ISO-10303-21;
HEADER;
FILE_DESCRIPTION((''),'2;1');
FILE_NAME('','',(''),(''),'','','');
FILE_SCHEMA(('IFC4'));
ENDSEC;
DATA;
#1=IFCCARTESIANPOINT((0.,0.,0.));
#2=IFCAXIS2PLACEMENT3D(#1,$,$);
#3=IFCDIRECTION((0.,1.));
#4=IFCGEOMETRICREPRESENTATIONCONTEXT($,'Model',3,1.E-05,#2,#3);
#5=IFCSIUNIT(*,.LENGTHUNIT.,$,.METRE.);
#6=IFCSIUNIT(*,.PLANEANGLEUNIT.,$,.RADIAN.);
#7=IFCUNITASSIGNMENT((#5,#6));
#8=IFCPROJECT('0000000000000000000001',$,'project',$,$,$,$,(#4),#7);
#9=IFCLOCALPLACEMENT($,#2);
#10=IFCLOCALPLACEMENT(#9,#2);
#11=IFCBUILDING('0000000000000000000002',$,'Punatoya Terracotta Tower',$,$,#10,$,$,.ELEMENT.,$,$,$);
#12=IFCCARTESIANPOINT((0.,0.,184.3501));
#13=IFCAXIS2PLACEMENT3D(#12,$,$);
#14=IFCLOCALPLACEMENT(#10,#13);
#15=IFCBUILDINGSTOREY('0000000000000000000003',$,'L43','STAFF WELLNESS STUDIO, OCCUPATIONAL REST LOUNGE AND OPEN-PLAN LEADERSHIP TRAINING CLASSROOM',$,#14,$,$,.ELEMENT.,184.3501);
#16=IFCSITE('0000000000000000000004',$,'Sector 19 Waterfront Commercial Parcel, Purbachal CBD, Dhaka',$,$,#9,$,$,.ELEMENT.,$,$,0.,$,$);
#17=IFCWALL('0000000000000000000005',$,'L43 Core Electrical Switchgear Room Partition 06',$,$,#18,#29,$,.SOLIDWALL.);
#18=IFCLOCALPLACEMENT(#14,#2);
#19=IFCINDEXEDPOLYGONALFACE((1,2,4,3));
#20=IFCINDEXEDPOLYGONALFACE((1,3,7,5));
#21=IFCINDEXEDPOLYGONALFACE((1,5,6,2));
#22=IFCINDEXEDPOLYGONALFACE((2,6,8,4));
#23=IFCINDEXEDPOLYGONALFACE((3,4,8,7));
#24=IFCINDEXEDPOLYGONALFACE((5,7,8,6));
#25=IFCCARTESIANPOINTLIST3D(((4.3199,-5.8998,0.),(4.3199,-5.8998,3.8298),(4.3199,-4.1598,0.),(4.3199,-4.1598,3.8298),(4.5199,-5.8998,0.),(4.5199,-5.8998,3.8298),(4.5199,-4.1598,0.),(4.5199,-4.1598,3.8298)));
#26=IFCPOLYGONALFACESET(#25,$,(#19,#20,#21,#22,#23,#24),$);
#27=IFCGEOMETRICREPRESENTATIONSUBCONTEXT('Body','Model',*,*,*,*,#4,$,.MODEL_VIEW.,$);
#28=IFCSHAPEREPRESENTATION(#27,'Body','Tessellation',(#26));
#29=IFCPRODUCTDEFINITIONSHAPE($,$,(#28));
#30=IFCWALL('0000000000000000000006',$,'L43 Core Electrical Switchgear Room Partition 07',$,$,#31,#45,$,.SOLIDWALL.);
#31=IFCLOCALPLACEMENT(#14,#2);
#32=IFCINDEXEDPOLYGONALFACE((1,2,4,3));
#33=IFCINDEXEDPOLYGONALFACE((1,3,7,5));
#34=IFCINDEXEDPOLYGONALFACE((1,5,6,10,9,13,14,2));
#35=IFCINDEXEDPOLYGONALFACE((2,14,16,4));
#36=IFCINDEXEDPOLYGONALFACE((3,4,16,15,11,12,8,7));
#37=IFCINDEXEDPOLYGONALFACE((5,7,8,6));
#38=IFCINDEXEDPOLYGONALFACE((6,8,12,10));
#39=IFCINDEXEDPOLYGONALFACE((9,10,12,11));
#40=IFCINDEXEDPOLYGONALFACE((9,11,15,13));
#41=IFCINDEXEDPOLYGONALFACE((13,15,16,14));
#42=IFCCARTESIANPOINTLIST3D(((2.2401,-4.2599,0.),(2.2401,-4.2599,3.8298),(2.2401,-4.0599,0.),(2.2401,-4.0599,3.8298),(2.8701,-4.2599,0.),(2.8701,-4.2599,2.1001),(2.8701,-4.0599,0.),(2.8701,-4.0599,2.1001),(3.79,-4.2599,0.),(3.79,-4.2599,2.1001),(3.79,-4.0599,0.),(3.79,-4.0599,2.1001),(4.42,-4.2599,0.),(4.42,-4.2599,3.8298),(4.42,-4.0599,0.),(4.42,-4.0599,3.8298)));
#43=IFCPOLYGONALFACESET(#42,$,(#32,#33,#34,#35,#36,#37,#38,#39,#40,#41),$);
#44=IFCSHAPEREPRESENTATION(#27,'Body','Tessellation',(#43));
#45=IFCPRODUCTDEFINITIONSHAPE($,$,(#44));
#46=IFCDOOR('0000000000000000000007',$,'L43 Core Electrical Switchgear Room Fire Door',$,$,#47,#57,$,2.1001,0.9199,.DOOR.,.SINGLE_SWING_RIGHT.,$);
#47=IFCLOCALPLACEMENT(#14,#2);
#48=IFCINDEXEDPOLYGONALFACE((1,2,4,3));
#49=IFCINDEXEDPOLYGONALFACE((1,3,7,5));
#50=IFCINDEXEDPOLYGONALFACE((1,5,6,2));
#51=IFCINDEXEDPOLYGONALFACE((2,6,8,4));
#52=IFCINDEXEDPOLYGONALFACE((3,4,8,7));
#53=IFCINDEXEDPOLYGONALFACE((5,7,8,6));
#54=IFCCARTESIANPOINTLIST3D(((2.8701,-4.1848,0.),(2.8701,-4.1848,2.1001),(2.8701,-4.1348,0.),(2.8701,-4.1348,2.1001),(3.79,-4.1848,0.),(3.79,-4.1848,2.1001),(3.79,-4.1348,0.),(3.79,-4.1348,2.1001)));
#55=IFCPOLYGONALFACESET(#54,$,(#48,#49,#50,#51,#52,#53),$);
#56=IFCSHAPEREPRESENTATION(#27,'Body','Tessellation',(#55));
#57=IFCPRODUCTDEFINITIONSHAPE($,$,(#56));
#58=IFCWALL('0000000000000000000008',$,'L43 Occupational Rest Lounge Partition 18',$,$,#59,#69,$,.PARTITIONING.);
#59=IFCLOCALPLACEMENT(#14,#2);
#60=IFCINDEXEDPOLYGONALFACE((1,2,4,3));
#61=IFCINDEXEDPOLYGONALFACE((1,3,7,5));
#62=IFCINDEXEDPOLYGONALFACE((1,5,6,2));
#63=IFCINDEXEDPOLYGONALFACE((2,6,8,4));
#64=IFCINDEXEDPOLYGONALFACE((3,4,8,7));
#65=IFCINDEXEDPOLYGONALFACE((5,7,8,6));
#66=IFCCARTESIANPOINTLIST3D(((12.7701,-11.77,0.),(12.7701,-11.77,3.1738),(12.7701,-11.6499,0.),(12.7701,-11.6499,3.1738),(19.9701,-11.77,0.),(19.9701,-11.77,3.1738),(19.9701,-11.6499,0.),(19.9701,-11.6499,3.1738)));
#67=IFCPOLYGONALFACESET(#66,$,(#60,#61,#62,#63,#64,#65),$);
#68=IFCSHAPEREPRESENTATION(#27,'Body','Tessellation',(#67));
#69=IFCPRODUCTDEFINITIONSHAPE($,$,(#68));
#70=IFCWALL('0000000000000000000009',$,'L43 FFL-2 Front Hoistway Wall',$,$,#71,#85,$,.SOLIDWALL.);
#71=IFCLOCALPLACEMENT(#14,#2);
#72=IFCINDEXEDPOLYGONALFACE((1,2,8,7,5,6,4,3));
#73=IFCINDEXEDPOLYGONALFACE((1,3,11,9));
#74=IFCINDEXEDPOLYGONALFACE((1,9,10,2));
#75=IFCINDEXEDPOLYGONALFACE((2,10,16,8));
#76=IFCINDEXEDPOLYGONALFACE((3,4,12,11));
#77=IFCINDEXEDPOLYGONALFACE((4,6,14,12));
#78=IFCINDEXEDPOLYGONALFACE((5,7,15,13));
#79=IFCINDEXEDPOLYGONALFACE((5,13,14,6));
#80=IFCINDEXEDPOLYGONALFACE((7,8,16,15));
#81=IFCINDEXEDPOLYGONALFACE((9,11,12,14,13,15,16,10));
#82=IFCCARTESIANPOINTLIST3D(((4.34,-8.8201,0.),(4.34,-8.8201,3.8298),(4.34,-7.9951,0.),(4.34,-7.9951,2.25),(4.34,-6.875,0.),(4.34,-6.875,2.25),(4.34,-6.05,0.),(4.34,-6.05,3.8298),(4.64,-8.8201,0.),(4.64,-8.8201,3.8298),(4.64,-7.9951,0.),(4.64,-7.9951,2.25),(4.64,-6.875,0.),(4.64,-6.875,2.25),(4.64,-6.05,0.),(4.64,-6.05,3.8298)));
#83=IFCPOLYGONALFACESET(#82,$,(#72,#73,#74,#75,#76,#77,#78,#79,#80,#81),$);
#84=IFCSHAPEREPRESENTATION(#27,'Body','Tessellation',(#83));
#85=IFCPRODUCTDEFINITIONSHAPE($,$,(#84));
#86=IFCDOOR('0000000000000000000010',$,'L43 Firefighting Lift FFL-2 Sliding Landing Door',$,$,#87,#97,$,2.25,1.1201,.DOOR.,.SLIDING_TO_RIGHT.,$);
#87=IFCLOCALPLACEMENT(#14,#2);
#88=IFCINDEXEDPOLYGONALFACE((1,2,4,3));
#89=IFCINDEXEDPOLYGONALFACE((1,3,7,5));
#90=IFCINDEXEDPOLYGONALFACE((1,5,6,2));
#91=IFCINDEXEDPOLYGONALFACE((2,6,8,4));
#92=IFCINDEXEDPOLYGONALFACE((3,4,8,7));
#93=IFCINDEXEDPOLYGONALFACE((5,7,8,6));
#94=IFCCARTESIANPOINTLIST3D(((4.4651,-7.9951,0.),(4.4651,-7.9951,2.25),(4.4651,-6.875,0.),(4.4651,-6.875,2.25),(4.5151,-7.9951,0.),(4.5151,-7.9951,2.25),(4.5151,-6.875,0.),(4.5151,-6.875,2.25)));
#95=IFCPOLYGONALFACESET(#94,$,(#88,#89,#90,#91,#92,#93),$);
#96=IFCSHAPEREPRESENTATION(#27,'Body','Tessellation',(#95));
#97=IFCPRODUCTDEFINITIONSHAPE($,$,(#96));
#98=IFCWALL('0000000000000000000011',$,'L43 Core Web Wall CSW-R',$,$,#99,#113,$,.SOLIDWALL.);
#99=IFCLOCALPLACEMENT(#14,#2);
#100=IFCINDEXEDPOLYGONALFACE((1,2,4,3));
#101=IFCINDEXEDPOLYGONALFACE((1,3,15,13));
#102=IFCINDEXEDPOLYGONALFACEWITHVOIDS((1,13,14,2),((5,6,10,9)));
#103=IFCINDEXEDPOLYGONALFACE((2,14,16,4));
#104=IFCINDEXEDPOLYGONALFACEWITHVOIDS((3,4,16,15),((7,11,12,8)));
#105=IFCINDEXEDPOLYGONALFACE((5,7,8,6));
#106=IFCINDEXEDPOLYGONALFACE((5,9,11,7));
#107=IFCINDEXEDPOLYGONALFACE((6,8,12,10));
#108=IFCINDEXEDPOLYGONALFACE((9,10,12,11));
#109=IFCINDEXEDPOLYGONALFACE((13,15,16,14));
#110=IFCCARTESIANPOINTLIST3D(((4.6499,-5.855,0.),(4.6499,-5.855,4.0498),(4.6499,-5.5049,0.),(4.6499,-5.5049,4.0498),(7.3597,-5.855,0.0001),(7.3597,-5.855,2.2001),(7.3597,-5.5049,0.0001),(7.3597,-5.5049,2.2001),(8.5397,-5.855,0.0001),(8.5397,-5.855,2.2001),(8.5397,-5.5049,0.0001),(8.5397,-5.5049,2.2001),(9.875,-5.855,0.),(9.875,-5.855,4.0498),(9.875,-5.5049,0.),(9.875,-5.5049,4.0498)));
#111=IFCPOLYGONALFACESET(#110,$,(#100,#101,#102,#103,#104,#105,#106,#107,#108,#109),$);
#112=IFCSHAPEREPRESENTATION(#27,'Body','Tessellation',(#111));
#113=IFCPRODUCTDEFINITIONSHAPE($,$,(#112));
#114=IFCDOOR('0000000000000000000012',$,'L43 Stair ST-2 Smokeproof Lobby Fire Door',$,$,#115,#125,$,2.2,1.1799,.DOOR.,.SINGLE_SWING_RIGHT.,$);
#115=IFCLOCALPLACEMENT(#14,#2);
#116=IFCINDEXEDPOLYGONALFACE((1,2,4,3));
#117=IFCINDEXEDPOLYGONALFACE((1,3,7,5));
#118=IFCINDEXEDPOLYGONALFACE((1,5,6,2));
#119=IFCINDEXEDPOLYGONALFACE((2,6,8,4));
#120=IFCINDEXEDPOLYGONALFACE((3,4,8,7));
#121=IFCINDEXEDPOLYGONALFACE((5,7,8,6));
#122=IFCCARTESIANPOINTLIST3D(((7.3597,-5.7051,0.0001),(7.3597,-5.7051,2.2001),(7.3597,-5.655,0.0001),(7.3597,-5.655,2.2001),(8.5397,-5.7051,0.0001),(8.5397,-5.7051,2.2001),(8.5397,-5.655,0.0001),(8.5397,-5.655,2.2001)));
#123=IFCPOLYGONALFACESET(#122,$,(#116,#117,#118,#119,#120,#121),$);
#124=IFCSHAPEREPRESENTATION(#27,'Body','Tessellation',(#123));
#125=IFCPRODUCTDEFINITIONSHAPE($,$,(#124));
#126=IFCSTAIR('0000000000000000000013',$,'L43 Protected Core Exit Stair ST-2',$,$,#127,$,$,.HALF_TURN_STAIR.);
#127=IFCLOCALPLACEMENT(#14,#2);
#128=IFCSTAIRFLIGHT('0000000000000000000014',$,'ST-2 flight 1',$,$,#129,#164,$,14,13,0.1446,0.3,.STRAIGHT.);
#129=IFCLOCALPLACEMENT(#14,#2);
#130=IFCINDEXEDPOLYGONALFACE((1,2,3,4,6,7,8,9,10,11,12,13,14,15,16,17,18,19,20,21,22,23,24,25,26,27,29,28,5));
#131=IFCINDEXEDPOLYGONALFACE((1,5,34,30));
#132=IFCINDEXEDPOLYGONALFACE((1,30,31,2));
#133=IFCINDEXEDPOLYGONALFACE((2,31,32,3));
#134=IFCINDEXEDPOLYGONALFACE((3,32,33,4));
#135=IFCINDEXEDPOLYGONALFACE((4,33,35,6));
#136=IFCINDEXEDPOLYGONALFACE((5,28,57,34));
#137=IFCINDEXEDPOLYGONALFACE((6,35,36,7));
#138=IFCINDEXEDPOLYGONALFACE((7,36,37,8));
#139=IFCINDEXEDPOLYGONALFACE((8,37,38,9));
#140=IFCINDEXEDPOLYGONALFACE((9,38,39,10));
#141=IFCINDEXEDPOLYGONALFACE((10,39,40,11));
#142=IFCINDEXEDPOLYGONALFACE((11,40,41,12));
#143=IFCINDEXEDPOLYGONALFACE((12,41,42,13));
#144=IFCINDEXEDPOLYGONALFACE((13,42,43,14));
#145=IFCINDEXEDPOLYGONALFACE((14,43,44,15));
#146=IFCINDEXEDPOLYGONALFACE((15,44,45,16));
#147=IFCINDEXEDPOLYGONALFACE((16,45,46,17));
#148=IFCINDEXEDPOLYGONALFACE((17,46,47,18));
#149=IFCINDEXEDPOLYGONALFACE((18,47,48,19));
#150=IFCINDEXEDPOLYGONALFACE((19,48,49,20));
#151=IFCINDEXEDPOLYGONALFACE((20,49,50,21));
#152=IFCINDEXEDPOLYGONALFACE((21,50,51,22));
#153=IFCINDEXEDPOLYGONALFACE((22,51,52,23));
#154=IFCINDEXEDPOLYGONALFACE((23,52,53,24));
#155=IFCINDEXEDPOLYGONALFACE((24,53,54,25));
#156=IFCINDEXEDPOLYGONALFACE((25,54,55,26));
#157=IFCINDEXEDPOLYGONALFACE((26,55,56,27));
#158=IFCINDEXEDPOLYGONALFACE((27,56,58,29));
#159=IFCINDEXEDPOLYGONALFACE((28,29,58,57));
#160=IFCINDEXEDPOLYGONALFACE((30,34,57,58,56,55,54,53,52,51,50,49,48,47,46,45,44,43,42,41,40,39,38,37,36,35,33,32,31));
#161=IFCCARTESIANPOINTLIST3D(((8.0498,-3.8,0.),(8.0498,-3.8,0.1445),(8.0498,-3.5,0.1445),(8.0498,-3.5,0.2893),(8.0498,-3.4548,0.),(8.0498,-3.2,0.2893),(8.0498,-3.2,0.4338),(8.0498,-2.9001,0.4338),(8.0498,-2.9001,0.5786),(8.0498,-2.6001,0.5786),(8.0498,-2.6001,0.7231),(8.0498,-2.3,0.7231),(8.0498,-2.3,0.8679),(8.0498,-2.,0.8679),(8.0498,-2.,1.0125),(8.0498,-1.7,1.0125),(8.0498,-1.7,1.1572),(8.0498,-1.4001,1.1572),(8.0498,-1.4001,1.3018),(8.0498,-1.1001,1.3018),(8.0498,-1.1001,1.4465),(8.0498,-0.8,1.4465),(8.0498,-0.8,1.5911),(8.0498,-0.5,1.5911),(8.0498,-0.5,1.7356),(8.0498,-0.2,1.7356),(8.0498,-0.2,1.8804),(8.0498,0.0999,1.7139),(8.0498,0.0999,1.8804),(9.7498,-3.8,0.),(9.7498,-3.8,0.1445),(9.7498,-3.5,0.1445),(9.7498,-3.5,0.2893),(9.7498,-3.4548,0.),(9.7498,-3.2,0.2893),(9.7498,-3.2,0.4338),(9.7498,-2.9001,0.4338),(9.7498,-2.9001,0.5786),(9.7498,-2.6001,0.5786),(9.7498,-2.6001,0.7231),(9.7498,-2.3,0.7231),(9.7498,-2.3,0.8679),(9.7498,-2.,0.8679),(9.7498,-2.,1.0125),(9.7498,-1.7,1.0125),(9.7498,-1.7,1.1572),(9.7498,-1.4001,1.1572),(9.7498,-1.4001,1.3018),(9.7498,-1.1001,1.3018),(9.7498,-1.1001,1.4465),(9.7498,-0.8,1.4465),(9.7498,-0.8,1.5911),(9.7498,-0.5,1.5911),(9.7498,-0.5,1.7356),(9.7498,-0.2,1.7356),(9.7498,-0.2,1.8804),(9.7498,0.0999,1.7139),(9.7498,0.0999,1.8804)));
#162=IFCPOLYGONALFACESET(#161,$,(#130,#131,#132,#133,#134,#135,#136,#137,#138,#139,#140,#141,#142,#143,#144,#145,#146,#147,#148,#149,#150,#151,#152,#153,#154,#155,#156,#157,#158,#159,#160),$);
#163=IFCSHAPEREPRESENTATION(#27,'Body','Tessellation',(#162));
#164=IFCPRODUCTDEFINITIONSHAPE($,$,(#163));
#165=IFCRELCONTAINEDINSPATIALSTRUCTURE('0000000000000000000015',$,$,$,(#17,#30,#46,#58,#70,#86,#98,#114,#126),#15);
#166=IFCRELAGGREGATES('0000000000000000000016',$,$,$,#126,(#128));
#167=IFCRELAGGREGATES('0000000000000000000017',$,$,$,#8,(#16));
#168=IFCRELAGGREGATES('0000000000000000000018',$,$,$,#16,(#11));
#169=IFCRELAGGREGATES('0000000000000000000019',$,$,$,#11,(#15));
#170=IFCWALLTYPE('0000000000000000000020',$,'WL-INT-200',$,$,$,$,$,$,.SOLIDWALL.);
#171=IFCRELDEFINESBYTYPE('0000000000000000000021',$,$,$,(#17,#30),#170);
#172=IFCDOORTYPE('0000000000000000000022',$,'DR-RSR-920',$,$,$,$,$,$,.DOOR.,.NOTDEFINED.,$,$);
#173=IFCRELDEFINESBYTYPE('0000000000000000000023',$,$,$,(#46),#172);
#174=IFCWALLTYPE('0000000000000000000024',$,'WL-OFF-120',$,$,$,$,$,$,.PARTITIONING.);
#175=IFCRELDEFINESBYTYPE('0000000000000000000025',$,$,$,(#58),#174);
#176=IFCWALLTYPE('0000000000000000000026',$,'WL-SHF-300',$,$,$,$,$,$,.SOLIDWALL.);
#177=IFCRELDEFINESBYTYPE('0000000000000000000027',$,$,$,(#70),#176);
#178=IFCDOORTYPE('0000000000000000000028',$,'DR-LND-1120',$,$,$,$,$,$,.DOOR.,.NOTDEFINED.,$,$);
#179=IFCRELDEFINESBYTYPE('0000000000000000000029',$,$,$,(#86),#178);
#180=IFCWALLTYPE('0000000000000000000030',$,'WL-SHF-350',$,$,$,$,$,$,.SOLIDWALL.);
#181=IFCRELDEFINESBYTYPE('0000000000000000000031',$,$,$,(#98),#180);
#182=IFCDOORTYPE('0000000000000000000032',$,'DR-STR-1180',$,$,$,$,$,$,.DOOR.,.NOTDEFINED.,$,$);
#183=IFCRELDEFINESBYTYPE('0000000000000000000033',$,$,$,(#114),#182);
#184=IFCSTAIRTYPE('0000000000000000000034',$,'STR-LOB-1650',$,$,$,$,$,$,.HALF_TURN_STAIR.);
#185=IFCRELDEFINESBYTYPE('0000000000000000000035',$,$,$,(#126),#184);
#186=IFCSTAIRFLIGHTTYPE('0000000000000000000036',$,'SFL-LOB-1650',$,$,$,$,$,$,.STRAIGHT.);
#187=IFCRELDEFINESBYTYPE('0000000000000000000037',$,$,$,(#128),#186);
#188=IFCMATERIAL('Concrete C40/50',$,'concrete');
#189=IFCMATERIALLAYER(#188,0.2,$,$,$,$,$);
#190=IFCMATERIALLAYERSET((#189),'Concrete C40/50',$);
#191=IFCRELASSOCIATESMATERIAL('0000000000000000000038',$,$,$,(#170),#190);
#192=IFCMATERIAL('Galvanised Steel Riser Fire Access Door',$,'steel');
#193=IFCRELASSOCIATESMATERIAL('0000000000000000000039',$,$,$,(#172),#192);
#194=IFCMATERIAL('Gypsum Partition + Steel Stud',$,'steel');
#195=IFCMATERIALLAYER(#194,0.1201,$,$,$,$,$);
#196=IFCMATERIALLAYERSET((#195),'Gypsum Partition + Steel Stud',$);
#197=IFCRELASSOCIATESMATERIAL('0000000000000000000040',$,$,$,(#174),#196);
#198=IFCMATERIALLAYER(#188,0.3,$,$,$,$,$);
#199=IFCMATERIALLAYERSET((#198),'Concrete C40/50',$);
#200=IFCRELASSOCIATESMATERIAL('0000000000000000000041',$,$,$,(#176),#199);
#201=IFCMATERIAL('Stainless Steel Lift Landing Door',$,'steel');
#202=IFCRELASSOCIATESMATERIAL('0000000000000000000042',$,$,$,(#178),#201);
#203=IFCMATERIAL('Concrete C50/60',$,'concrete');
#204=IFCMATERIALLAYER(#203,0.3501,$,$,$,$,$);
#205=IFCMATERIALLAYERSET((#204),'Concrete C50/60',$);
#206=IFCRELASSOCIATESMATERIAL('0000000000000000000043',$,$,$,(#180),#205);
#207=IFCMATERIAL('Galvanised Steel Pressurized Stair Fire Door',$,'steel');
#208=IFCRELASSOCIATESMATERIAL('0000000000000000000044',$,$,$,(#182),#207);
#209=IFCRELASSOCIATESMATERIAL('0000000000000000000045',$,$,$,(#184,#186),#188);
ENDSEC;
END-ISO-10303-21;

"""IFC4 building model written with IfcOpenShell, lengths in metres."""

from ifc_helpers import new_model, si_unit, direction, frame, frame_2d, origin, place, context, subcontext, project, spatial, polyline, rectangle, outline, extrude, material, layer, layer_set, type_object, element, fill, aggregate, save


model = new_model("IFC4")

# Units and contexts
model_context = context("Model", 3, precision=1e-05, world=origin(), true_north=direction((0.0, 1.0)))
body_context = subcontext(model_context, "Body", "Model", "MODEL_VIEW")
ifc_project = project(units=[si_unit("LENGTHUNIT", "METRE"), si_unit("PLANEANGLEUNIT", "RADIAN")], contexts=[model_context])

# Site, building, storey
site_placement = place(None, origin())
site = spatial("IfcSite", under=ifc_project, at=site_placement, Name="Sector 19 Waterfront Commercial Parcel, Purbachal CBD, Dhaka", CompositionType="ELEMENT", RefElevation=0.0)
building_placement = place(site_placement, origin())
building = spatial("IfcBuilding", under=site, at=building_placement, Name="Punatoya Terracotta Tower", CompositionType="ELEMENT")
storey_placement = place(building_placement, frame((0.0, 0.0, 184.3501)))
storey = spatial("IfcBuildingStorey", under=building, at=storey_placement, Name="L43", Description="STAFF WELLNESS STUDIO, OCCUPATIONAL REST LOUNGE AND OPEN-PLAN LEADERSHIP TRAINING CLASSROOM", CompositionType="ELEMENT", Elevation=184.3501)

# Wall
ifc_material_1 = material(Name="Concrete C40/50", Category="concrete")
ifc_layer_1 = layer(ifc_material_1, 0.2)
ifc_layer_set_1 = layer_set([ifc_layer_1], Name="Concrete C40/50")
wall_type_1 = type_object("IfcWallType", Name="WL-INT-200", PredefinedType="SOLIDWALL", material=ifc_layer_set_1)
wall_1_placement = place(storey_placement, frame((4.4199, -5.8999, 0.0), z_axis=(0.0, 0.0, 1.0), x_axis=(0.0, 1.0, 0.0)))
element("IfcWall", 1, at=wall_1_placement, inside=storey, type_object=wall_type_1, Name="L43 Core Electrical Switchgear Room Partition 06", PredefinedType="SOLIDWALL", context=body_context, shape_type="SweptSolid", body=[
    extrude(rectangle(XDim=1.74, YDim=0.2, at=frame_2d((0.8701, 0.0))), origin(), (0.0, 0.0, 1.0), 3.8298),
])

# Wall, opening, door
wall_2_placement = place(storey_placement, frame((4.4199, -4.1599, 0.0), z_axis=(0.0, 0.0, 1.0), x_axis=(-1.0, 0.0, 0.0)))
wall_2 = element("IfcWall", 2, at=wall_2_placement, inside=storey, type_object=wall_type_1, Name="L43 Core Electrical Switchgear Room Partition 07", PredefinedType="SOLIDWALL", context=body_context, shape_type="SweptSolid", body=[
    extrude(rectangle(XDim=2.1799, YDim=0.2, at=frame_2d((1.0898, 0.0))), origin(), (0.0, 0.0, 1.0), 3.8298),
])
opening_1_placement = place(wall_2_placement, frame((0.6299, 0.0, 0.0)))
opening_1 = element("IfcOpeningElement", 3, at=opening_1_placement, cuts=wall_2, PredefinedType="OPENING", context=body_context, shape_type="SweptSolid", body=[
    extrude(rectangle(XDim=0.9199, YDim=2.1001, at=frame_2d((0.46, 1.05))), frame((0.0, 0.1099, 0.0), z_axis=(0.0, -1.0, 0.0), x_axis=(1.0, 0.0, 0.0)), (0.0, 0.0, 1.0), 0.22),
])
ifc_material_2 = material(Name="Galvanised Steel Riser Fire Access Door", Category="steel")
door_type_1 = type_object("IfcDoorType", Name="DR-RSR-920", OperationType="NOTDEFINED", PredefinedType="DOOR", material=ifc_material_2)
door_1_placement = place(opening_1_placement, origin())
door_1 = element("IfcDoor", 4, at=door_1_placement, inside=storey, type_object=door_type_1, Name="L43 Core Electrical Switchgear Room Fire Door", OperationType="SINGLE_SWING_RIGHT", OverallHeight=2.1001, OverallWidth=0.9199, PredefinedType="DOOR", context=body_context, shape_type="SweptSolid", body=[
    extrude(rectangle(XDim=0.9199, YDim=2.1001, at=frame_2d((0.46, 1.05))), frame((0.0, 0.0249, 0.0), z_axis=(0.0, -1.0, 0.0), x_axis=(1.0, 0.0, 0.0)), (0.0, 0.0, 1.0), 0.05),
])
fill(opening_1, door_1)

# Wall
ifc_material_3 = material(Name="Gypsum Partition + Steel Stud", Category="steel")
ifc_layer_2 = layer(ifc_material_3, 0.1201)
ifc_layer_set_2 = layer_set([ifc_layer_2], Name="Gypsum Partition + Steel Stud")
wall_type_2 = type_object("IfcWallType", Name="WL-OFF-120", PredefinedType="PARTITIONING", material=ifc_layer_set_2)
wall_3_placement = place(storey_placement, frame((12.77, -11.71, 0.0), z_axis=(0.0, 0.0, 1.0), x_axis=(1.0, 0.0, 0.0)))
element("IfcWall", 5, at=wall_3_placement, inside=storey, type_object=wall_type_2, Name="L43 Occupational Rest Lounge Partition 18", PredefinedType="PARTITIONING", context=body_context, shape_type="SweptSolid", body=[
    extrude(rectangle(XDim=7.2, YDim=0.1201, at=frame_2d((3.6001, 0.0))), origin(), (0.0, 0.0, 1.0), 3.1738),
])

# Walls, openings, doors
ifc_layer_3 = layer(ifc_material_1, 0.3)
ifc_layer_set_3 = layer_set([ifc_layer_3], Name="Concrete C40/50")
wall_type_3 = type_object("IfcWallType", Name="WL-SHF-300", PredefinedType="SOLIDWALL", material=ifc_layer_set_3)
wall_4_placement = place(storey_placement, frame((4.49, -8.8201, 0.0), z_axis=(0.0, 0.0, 1.0), x_axis=(0.0, 1.0, 0.0)))
wall_4 = element("IfcWall", 6, at=wall_4_placement, inside=storey, type_object=wall_type_3, Name="L43 FFL-2 Front Hoistway Wall", PredefinedType="SOLIDWALL", context=body_context, shape_type="SweptSolid", body=[
    extrude(rectangle(XDim=2.77, YDim=0.3, at=frame_2d((1.385, 0.0))), origin(), (0.0, 0.0, 1.0), 3.8298),
])
opening_2_placement = place(wall_4_placement, frame((0.825, 0.0, 0.0)))
opening_2 = element("IfcOpeningElement", 7, at=opening_2_placement, cuts=wall_4, PredefinedType="OPENING", context=body_context, shape_type="SweptSolid", body=[
    extrude(rectangle(XDim=1.1201, YDim=2.25, at=frame_2d((0.5601, 1.125))), frame((0.0, 0.1599, 0.0), z_axis=(0.0, -1.0, 0.0), x_axis=(1.0, 0.0, 0.0)), (0.0, 0.0, 1.0), 0.3201),
])
ifc_material_4 = material(Name="Stainless Steel Lift Landing Door", Category="steel")
door_type_2 = type_object("IfcDoorType", Name="DR-LND-1120", OperationType="NOTDEFINED", PredefinedType="DOOR", material=ifc_material_4)
door_2_placement = place(opening_2_placement, origin())
door_2 = element("IfcDoor", 8, at=door_2_placement, inside=storey, type_object=door_type_2, Name="L43 Firefighting Lift FFL-2 Sliding Landing Door", OperationType="SLIDING_TO_RIGHT", OverallHeight=2.25, OverallWidth=1.1201, PredefinedType="DOOR", context=body_context, shape_type="SweptSolid", body=[
    extrude(rectangle(XDim=1.1201, YDim=2.25, at=frame_2d((0.5601, 1.125))), frame((0.0, 0.0249, 0.0), z_axis=(0.0, -1.0, 0.0), x_axis=(1.0, 0.0, 0.0)), (0.0, 0.0, 1.0), 0.05),
])
fill(opening_2, door_2)
ifc_material_5 = material(Name="Concrete C50/60", Category="concrete")
ifc_layer_4 = layer(ifc_material_5, 0.3501)
ifc_layer_set_4 = layer_set([ifc_layer_4], Name="Concrete C50/60")
wall_type_4 = type_object("IfcWallType", Name="WL-SHF-350", PredefinedType="SOLIDWALL", material=ifc_layer_set_4)
wall_5_placement = place(storey_placement, frame((4.6499, -5.6799, 0.0), z_axis=(0.0, 0.0, 1.0), x_axis=(1.0, 0.0, 0.0)))
wall_5 = element("IfcWall", 9, at=wall_5_placement, inside=storey, type_object=wall_type_4, Name="L43 Core Web Wall CSW-R", PredefinedType="SOLIDWALL", context=body_context, shape_type="SweptSolid", body=[
    extrude(rectangle(XDim=5.2251, YDim=0.3501, at=frame_2d((2.6125, 0.0))), origin(), (0.0, 0.0, 1.0), 4.0498),
])
opening_3_placement = place(wall_5_placement, frame((2.71, 0.0, 0.0)))
opening_3 = element("IfcOpeningElement", 10, at=opening_3_placement, cuts=wall_5, PredefinedType="OPENING", context=body_context, shape_type="SweptSolid", body=[
    extrude(rectangle(XDim=1.1799, YDim=2.2, at=frame_2d((0.5898, 1.1001))), frame((0.0, 0.1851, 0.0), z_axis=(0.0, -1.0, 0.0), x_axis=(1.0, 0.0, 0.0)), (0.0, 0.0, 1.0), 0.3701),
])
ifc_material_6 = material(Name="Galvanised Steel Pressurized Stair Fire Door", Category="steel")
door_type_3 = type_object("IfcDoorType", Name="DR-STR-1180", OperationType="NOTDEFINED", PredefinedType="DOOR", material=ifc_material_6)
door_3_placement = place(opening_3_placement, origin())
door_3 = element("IfcDoor", 11, at=door_3_placement, inside=storey, type_object=door_type_3, Name="L43 Stair ST-2 Smokeproof Lobby Fire Door", OperationType="SINGLE_SWING_RIGHT", OverallHeight=2.2, OverallWidth=1.1799, PredefinedType="DOOR", context=body_context, shape_type="SweptSolid", body=[
    extrude(rectangle(XDim=1.1799, YDim=2.2, at=frame_2d((0.5898, 1.1001))), frame((0.0, 0.0249, 0.0), z_axis=(0.0, -1.0, 0.0), x_axis=(1.0, 0.0, 0.0)), (0.0, 0.0, 1.0), 0.05),
])
fill(opening_3, door_3)

# Stair, stair flight
stair_type = type_object("IfcStairType", Name="STR-LOB-1650", PredefinedType="HALF_TURN_STAIR", material=ifc_material_1)
stair_placement = place(storey_placement, origin())
stair = element("IfcStair", 12, at=stair_placement, inside=storey, type_object=stair_type, Name="L43 Protected Core Exit Stair ST-2", PredefinedType="HALF_TURN_STAIR")
stair_flight_type = type_object("IfcStairFlightType", Name="SFL-LOB-1650", PredefinedType="STRAIGHT", material=ifc_material_1)
stair_flight_placement = place(storey_placement, frame((8.8999, -3.8, 0.0), z_axis=(0.0, 0.0, 1.0), x_axis=(0.0, 1.0, 0.0)))
stair_flight = element("IfcStairFlight", 13, at=stair_flight_placement, type_object=stair_flight_type, Name="ST-2 flight 1", NumberOfRisers=14, NumberOfTreads=13, PredefinedType="STRAIGHT", RiserHeight=0.1446, TreadLength=0.3, context=body_context, shape_type="SweptSolid", body=[
    extrude(outline(polyline([(0.0, 0.0), (0.0, 0.1445), (0.3, 0.1445), (0.3, 0.2893), (0.6001, 0.2893), (0.6001, 0.4338), (0.8999, 0.4338), (0.8999, 0.5786), (1.2, 0.5786), (1.2, 0.7231), (1.5, 0.7231), (1.5, 0.8679), (1.8, 0.8679), (1.8, 1.0125), (2.1001, 1.0125), (2.1001, 1.1572), (2.3999, 1.1572), (2.3999, 1.3018), (2.7, 1.3018), (2.7, 1.4465), (3.0, 1.4465), (3.0, 1.5911), (3.3, 1.5911), (3.3, 1.7356), (3.6001, 1.7356), (3.6001, 1.8804), (3.8999, 1.8804), (3.8999, 2.0249), (3.8999, 1.7139), (0.3452, 0.0), (0.0, 0.0)])), frame((0.0, 0.8501, 0.0), z_axis=(0.0, -1.0, 0.0), x_axis=(1.0, 0.0, 0.0)), (0.0, 0.0, 1.0), 1.7),
])
aggregate(stair, [stair_flight])

save(model, "model.ifc")
